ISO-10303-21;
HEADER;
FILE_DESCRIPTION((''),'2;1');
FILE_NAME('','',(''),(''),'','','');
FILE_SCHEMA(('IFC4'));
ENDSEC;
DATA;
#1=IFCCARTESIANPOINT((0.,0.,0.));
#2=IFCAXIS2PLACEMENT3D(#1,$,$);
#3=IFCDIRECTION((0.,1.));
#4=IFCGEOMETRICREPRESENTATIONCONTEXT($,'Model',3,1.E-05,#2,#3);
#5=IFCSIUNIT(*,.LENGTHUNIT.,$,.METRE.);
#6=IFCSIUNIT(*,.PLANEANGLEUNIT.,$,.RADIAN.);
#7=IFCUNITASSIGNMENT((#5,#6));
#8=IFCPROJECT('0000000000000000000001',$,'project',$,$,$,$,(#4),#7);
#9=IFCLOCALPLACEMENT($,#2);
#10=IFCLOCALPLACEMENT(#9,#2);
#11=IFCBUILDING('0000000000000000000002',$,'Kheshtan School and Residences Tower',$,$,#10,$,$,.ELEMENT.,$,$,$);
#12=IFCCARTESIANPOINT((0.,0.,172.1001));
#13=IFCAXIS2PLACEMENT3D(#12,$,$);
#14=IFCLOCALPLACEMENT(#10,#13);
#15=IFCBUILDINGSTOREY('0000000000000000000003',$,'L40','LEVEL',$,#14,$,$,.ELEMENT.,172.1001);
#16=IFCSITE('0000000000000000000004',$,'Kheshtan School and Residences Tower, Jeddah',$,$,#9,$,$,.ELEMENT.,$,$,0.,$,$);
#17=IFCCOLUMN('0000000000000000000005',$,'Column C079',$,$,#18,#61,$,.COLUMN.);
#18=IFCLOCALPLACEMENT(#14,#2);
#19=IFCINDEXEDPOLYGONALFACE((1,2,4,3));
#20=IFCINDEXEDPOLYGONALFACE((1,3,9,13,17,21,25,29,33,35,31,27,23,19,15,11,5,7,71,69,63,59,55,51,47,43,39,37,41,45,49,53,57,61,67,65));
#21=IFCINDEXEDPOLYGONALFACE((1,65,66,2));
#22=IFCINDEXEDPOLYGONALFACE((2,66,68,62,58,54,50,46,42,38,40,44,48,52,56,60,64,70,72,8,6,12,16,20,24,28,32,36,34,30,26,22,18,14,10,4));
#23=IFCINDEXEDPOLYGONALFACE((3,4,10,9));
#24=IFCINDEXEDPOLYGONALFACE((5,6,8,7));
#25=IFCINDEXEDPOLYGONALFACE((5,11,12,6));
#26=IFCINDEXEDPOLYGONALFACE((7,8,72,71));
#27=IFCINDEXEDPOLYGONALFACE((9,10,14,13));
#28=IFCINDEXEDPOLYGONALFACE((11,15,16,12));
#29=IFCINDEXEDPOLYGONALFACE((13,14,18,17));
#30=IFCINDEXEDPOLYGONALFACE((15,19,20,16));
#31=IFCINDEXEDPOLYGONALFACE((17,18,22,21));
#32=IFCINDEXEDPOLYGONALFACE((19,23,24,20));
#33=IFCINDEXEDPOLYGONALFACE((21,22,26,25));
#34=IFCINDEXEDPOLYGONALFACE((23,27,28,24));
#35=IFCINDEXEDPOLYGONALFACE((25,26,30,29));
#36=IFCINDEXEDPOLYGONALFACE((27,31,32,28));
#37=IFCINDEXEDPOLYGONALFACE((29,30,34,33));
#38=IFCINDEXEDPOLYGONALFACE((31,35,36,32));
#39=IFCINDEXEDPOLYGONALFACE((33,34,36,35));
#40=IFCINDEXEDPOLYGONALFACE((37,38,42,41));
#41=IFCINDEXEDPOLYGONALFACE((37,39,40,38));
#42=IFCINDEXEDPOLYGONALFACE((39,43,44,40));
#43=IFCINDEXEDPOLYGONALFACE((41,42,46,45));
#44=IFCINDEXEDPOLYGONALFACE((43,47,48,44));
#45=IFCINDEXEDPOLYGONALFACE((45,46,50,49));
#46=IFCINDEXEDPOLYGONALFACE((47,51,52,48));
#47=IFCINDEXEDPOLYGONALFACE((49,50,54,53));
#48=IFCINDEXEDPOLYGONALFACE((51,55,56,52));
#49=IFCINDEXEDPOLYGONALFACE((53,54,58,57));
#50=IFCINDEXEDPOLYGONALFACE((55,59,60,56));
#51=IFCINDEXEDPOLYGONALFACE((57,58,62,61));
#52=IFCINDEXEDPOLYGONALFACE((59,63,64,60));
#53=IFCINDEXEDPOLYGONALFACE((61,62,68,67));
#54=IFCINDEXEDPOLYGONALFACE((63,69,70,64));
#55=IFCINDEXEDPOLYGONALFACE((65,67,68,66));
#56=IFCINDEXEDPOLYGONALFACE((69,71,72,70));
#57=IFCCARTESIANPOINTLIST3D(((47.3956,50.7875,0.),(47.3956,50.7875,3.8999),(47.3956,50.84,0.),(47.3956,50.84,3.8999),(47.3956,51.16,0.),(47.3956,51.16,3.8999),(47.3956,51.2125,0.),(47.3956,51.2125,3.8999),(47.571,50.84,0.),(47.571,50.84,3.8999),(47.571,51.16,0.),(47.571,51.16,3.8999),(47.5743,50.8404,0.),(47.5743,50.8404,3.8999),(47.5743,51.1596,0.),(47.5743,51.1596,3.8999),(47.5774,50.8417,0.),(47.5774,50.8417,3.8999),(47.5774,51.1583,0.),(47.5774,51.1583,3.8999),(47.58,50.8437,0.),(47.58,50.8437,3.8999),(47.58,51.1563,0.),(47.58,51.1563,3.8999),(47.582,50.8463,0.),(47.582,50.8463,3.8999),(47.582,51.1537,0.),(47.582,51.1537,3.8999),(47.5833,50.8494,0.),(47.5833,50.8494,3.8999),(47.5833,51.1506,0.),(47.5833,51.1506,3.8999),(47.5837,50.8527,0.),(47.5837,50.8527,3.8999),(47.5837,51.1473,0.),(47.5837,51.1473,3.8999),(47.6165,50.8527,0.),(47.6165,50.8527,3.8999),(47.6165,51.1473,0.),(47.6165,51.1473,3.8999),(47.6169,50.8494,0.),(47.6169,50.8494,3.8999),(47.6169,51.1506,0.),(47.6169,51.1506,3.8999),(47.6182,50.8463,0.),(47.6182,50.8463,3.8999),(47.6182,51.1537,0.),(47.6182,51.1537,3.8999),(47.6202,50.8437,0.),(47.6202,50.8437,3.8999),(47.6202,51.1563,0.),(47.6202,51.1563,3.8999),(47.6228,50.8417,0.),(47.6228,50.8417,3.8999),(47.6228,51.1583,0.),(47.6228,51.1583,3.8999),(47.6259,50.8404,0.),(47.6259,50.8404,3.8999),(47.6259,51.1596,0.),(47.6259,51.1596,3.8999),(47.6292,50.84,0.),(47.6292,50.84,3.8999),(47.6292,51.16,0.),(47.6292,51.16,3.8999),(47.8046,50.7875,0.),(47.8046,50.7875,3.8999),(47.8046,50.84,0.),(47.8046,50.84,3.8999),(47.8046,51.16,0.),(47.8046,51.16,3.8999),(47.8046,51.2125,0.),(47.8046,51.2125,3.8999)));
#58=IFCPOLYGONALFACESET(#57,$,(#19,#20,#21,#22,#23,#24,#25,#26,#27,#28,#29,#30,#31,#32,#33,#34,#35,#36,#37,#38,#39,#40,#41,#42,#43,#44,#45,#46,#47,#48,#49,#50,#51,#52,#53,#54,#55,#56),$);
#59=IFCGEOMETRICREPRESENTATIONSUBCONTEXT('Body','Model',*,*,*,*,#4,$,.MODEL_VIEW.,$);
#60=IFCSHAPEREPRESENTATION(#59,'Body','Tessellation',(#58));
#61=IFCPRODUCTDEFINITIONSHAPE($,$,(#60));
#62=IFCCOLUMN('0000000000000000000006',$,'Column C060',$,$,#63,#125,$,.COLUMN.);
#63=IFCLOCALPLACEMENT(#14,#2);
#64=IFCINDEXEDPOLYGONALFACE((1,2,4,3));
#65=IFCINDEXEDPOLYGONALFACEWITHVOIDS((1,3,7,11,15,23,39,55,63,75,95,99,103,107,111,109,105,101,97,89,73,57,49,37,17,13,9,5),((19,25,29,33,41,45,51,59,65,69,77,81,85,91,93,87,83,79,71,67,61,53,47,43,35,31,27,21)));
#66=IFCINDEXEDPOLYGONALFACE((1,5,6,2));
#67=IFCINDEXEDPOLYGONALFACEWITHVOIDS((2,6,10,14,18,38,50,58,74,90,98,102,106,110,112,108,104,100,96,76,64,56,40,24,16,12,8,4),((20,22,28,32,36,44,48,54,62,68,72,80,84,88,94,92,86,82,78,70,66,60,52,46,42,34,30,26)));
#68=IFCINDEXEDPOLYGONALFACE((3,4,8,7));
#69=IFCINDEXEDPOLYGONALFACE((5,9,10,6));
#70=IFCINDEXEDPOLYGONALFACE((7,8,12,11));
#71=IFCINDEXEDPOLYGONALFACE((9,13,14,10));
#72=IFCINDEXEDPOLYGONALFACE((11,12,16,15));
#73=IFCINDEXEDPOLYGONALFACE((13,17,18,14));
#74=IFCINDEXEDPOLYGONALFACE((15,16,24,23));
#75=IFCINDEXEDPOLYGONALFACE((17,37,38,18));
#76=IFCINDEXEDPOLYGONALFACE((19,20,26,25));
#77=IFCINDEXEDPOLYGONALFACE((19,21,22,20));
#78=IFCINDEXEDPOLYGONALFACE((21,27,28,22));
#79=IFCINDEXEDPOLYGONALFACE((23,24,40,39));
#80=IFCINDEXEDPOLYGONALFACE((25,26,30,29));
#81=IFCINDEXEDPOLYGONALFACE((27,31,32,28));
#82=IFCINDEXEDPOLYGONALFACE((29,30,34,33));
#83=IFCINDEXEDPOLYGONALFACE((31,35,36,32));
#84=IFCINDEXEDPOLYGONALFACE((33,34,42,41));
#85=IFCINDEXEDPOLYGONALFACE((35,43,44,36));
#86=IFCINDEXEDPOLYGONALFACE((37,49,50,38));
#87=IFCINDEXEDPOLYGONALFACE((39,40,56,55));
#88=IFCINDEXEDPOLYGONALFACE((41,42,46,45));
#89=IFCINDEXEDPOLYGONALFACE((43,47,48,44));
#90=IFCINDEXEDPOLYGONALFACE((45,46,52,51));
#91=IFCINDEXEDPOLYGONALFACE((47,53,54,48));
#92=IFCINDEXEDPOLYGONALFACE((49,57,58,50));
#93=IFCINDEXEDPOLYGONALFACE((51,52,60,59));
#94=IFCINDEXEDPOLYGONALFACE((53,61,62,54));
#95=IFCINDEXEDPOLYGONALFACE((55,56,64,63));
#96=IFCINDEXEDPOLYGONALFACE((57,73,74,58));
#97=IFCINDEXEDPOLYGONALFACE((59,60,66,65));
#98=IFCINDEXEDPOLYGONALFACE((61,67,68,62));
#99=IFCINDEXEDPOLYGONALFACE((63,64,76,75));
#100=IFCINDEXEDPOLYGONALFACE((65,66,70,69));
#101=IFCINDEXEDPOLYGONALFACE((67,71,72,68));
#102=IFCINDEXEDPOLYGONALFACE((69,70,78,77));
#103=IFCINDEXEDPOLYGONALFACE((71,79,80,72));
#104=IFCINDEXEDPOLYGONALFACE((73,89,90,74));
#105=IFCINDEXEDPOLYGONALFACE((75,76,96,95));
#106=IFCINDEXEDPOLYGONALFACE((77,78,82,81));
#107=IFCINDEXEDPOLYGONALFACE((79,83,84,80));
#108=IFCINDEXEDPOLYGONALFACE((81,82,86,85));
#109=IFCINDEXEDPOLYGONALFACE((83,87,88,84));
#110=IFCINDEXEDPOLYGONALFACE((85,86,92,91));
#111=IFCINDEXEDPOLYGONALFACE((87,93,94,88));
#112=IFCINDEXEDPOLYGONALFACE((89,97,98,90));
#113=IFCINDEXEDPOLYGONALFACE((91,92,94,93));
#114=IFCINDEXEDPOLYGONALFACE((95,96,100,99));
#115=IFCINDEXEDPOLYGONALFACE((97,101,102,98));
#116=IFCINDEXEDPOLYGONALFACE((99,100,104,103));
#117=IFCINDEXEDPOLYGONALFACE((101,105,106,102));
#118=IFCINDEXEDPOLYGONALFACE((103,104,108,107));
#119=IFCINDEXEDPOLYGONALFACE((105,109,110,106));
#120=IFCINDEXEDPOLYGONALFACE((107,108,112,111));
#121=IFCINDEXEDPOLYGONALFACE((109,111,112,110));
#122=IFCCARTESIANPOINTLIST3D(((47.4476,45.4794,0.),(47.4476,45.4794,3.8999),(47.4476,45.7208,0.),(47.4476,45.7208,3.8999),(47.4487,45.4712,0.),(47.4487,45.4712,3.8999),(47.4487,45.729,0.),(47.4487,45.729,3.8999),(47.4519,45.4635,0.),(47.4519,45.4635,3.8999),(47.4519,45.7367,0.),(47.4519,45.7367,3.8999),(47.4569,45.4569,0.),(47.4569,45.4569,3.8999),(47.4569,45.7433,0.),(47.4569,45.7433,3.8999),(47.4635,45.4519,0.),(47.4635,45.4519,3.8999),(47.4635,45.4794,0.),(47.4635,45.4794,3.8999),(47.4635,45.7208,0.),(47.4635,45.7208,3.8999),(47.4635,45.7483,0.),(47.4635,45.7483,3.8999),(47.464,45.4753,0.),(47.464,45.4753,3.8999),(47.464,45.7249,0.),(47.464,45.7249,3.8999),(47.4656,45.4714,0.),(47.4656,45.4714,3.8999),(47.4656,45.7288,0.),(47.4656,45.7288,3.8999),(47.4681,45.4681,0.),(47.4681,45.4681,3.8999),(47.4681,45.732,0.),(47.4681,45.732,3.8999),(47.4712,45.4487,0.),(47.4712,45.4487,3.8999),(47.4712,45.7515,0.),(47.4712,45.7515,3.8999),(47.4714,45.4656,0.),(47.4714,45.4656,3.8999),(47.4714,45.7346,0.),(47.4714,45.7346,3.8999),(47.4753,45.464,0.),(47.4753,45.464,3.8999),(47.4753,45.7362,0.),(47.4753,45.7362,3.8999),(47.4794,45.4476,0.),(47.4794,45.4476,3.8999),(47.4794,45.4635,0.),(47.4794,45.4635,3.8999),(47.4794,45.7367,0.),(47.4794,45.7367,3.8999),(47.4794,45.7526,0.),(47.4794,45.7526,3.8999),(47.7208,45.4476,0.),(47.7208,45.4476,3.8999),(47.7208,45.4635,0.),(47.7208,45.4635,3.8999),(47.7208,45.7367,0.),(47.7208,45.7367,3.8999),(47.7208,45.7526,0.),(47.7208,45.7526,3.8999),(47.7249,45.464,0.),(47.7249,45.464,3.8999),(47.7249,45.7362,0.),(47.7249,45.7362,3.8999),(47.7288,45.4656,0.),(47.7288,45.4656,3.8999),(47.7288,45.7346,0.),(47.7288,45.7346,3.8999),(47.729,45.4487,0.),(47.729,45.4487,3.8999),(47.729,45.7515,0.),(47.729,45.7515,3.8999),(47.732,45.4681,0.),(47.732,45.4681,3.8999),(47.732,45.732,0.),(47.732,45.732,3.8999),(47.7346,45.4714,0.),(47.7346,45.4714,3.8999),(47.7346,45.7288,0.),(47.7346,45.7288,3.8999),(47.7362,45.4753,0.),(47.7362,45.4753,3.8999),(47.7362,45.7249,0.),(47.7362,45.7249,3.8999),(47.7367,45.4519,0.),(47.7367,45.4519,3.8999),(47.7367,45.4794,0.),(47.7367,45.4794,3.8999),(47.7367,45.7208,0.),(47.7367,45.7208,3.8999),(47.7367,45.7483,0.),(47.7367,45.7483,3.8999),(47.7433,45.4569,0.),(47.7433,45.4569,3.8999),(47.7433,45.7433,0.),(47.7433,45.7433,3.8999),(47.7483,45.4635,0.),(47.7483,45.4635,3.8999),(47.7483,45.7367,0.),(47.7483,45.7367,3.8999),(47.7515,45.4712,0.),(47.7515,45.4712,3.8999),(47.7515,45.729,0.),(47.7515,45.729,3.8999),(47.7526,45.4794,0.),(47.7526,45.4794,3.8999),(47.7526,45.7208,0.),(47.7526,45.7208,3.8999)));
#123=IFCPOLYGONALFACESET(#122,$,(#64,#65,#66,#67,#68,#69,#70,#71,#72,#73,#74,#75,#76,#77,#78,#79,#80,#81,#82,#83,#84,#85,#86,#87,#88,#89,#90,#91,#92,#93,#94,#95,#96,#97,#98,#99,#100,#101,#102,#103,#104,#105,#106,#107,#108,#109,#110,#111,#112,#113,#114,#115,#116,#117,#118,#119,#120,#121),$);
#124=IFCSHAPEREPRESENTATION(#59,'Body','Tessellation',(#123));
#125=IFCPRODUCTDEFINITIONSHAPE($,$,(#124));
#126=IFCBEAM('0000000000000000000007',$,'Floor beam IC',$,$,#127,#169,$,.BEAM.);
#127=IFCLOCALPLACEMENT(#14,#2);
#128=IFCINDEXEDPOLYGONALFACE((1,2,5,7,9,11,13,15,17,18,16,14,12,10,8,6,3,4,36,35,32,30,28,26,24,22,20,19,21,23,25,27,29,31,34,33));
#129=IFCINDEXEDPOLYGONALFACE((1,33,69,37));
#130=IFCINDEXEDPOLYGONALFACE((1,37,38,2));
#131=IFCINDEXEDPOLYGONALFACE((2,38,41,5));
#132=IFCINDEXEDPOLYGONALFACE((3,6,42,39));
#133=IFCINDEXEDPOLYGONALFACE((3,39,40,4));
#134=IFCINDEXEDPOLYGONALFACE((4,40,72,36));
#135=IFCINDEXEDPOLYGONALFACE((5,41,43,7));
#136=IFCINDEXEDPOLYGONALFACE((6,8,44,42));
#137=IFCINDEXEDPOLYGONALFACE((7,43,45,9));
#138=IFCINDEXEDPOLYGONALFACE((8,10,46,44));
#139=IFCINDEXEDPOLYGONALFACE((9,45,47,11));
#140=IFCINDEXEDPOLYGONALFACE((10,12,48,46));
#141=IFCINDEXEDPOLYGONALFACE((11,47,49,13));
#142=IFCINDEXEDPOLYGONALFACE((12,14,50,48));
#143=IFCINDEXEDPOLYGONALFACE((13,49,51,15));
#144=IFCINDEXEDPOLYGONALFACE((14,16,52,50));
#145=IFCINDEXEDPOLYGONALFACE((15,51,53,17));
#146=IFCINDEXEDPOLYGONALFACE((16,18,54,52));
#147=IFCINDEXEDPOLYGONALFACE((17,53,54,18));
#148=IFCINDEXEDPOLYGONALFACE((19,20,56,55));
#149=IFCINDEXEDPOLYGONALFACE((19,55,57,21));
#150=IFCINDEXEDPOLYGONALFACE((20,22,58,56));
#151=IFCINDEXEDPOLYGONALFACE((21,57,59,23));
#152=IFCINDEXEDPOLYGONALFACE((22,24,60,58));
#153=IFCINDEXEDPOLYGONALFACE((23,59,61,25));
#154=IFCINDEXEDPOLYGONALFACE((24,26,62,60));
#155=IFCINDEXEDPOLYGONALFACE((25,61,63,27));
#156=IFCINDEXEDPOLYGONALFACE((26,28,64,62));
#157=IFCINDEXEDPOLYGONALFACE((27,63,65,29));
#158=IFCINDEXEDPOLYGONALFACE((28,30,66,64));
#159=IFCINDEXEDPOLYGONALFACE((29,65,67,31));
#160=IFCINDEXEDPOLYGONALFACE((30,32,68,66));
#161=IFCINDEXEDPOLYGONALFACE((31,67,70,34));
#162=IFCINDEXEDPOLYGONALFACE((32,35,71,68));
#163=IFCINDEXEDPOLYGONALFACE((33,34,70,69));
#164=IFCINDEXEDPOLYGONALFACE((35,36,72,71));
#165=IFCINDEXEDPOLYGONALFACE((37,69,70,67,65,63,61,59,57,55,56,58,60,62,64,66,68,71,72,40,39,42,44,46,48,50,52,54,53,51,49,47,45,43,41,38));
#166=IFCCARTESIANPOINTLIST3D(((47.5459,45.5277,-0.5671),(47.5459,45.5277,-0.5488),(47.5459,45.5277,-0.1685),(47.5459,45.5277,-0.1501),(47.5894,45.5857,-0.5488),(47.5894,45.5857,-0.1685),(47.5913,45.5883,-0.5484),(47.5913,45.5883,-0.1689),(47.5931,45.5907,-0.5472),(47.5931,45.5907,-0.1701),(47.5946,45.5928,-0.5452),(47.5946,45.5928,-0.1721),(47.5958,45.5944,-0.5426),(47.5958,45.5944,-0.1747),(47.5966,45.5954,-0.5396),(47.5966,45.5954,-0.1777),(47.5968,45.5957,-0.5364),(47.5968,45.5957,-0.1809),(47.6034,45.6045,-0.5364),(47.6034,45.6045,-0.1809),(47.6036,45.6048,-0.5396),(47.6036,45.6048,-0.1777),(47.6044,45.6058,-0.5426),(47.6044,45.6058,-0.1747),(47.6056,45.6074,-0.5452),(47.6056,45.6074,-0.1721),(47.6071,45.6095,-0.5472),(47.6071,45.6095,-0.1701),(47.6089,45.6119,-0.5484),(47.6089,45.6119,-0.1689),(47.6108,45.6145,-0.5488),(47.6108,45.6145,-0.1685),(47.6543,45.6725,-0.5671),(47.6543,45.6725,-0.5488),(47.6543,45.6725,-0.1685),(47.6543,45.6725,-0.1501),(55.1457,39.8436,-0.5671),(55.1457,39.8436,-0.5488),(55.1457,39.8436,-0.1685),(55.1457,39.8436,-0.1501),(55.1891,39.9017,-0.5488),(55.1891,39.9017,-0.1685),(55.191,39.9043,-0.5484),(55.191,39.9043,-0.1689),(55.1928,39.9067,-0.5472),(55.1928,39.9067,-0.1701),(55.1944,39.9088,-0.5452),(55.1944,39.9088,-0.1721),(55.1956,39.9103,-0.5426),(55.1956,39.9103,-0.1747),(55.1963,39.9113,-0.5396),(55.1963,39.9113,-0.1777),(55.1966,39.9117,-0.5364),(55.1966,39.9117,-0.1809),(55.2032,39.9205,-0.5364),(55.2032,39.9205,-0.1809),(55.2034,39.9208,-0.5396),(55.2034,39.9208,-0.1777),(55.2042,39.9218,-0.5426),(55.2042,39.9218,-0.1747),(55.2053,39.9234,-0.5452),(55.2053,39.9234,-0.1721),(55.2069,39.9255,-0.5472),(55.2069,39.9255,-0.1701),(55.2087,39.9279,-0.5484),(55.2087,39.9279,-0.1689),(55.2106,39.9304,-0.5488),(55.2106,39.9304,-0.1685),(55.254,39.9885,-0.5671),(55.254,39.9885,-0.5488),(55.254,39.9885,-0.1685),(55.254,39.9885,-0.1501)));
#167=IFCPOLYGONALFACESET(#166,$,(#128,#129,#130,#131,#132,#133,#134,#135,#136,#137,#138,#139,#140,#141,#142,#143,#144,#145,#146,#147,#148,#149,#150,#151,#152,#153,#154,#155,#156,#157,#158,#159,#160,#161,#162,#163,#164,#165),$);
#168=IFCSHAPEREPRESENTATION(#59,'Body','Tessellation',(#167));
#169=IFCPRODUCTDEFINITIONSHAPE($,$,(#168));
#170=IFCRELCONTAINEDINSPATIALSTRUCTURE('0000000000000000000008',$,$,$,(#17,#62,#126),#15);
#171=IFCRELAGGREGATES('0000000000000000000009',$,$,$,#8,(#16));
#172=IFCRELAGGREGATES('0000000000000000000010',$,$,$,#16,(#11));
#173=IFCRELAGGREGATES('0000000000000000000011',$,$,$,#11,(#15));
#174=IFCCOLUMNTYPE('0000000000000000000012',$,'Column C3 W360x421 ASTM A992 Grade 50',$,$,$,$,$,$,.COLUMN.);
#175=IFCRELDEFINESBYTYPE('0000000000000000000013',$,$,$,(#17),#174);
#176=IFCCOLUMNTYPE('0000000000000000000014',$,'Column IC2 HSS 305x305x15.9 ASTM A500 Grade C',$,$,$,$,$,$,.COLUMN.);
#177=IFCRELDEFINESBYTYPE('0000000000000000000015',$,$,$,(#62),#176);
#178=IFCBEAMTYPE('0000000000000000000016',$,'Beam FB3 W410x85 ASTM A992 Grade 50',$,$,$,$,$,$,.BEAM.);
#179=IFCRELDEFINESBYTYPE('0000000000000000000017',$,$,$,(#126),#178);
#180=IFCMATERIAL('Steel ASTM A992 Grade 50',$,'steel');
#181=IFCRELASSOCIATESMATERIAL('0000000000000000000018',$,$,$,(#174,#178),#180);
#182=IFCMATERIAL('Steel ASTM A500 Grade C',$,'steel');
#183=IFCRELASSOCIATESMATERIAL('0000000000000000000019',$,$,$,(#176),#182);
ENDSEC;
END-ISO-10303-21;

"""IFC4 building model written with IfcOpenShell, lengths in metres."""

from ifc_helpers import new_model, si_unit, direction, frame, origin, origin_2d, place, context, subcontext, project, spatial, hollow_rectangle, i_section, extrude, material, material_profile, profile_set, type_object, element, save


model = new_model("IFC4")

# Units and contexts
model_context = context("Model", 3, precision=1e-05, world=origin(), true_north=direction((0.0, 1.0)))
body_context = subcontext(model_context, "Body", "Model", "MODEL_VIEW")
ifc_project = project(units=[si_unit("LENGTHUNIT", "METRE"), si_unit("PLANEANGLEUNIT", "RADIAN")], contexts=[model_context])

# Site, building, storey
site_placement = place(None, origin())
site = spatial("IfcSite", under=ifc_project, at=site_placement, Name="Kheshtan School and Residences Tower, Jeddah", CompositionType="ELEMENT", RefElevation=0.0)
building_placement = place(site_placement, origin())
building = spatial("IfcBuilding", under=site, at=building_placement, Name="Kheshtan School and Residences Tower", CompositionType="ELEMENT")
storey_placement = place(building_placement, frame((0.0, 0.0, 172.1001)))
storey = spatial("IfcBuildingStorey", under=building, at=storey_placement, Name="L40", Description="LEVEL", CompositionType="ELEMENT", Elevation=172.1001)

# Columns
ifc_material_1 = material(Name="Steel ASTM A992 Grade 50", Category="steel")
ifc_material_profile_1 = material_profile(ifc_material_1, i_section(OverallWidth=0.4089, OverallDepth=0.425, WebThickness=0.0327, FlangeThickness=0.0525, FilletRadius=0.0127, at=origin_2d()), Name="W360x421")
ifc_profile_set_1 = profile_set([ifc_material_profile_1], Name="Steel ASTM A992 Grade 50")
column_type_1 = type_object("IfcColumnType", Name="Column C3 W360x421 ASTM A992 Grade 50", PredefinedType="COLUMN", material=ifc_profile_set_1)
for number, where, z_axis, x_axis, name in (
    (1, (47.6001, 51.0, 0.0), (0.0, 0.0, 1.0), (1.0, 0.0, 0.0), "Column C079"),
):
    element("IfcColumn", number, at=place(storey_placement, frame(where, z_axis=z_axis, x_axis=x_axis)), inside=storey, type_object=column_type_1, Name=name, PredefinedType="COLUMN", context=body_context, shape_type="SweptSolid", body=[
        extrude(i_section(OverallWidth=0.4089, OverallDepth=0.425, WebThickness=0.0327, FlangeThickness=0.0525, FilletRadius=0.0127, at=origin_2d()), origin(), (0.0, 0.0, 1.0), 3.8999),
    ])
ifc_material_2 = material(Name="Steel ASTM A500 Grade C", Category="steel")
ifc_material_profile_2 = material_profile(ifc_material_2, hollow_rectangle(XDim=0.3049, YDim=0.3049, WallThickness=0.0159, InnerFilletRadius=0.0159, OuterFilletRadius=0.0317, at=origin_2d()), Name="HSS 305x305x15.9")
ifc_profile_set_2 = profile_set([ifc_material_profile_2], Name="Steel ASTM A500 Grade C")
column_type_2 = type_object("IfcColumnType", Name="Column IC2 HSS 305x305x15.9 ASTM A500 Grade C", PredefinedType="COLUMN", material=ifc_profile_set_2)
column_placement = place(storey_placement, frame((47.6001, 45.6001, 0.0), z_axis=(0.0, 0.0, 1.0), x_axis=(1.0, 0.0, 0.0)))
element("IfcColumn", 2, at=column_placement, inside=storey, type_object=column_type_2, Name="Column C060", PredefinedType="COLUMN", context=body_context, shape_type="SweptSolid", body=[
    extrude(hollow_rectangle(XDim=0.3049, YDim=0.3049, WallThickness=0.0159, InnerFilletRadius=0.0159, OuterFilletRadius=0.0317, at=origin_2d()), origin(), (0.0, 0.0, 1.0), 3.8999),
])

# Beam
ifc_material_profile_3 = material_profile(ifc_material_1, i_section(OverallWidth=0.1809, OverallDepth=0.417, WebThickness=0.011, FlangeThickness=0.0183, FilletRadius=0.0125, at=origin_2d()), Name="W410x85")
ifc_profile_set_3 = profile_set([ifc_material_profile_3], Name="Steel ASTM A992 Grade 50")
beam_type_1 = type_object("IfcBeamType", Name="Beam FB3 W410x85 ASTM A992 Grade 50", PredefinedType="BEAM", material=ifc_profile_set_3)
beam_1_placement = place(storey_placement, frame((47.6001, 45.6001, -0.3586), z_axis=(0.800799, -0.598933, 0.0), x_axis=(0.598933, 0.800799, 0.0)))
element("IfcBeam", 3, at=beam_1_placement, inside=storey, type_object=beam_type_1, Name="Floor beam IC", PredefinedType="BEAM", context=body_context, shape_type="SweptSolid", body=[
    extrude(i_section(OverallWidth=0.1809, OverallDepth=0.417, WebThickness=0.011, FlangeThickness=0.0183, FilletRadius=0.0125, at=origin_2d()), origin(), (0.0, 0.0, 1.0), 9.4902),
])

save(model, "model.ifc")
